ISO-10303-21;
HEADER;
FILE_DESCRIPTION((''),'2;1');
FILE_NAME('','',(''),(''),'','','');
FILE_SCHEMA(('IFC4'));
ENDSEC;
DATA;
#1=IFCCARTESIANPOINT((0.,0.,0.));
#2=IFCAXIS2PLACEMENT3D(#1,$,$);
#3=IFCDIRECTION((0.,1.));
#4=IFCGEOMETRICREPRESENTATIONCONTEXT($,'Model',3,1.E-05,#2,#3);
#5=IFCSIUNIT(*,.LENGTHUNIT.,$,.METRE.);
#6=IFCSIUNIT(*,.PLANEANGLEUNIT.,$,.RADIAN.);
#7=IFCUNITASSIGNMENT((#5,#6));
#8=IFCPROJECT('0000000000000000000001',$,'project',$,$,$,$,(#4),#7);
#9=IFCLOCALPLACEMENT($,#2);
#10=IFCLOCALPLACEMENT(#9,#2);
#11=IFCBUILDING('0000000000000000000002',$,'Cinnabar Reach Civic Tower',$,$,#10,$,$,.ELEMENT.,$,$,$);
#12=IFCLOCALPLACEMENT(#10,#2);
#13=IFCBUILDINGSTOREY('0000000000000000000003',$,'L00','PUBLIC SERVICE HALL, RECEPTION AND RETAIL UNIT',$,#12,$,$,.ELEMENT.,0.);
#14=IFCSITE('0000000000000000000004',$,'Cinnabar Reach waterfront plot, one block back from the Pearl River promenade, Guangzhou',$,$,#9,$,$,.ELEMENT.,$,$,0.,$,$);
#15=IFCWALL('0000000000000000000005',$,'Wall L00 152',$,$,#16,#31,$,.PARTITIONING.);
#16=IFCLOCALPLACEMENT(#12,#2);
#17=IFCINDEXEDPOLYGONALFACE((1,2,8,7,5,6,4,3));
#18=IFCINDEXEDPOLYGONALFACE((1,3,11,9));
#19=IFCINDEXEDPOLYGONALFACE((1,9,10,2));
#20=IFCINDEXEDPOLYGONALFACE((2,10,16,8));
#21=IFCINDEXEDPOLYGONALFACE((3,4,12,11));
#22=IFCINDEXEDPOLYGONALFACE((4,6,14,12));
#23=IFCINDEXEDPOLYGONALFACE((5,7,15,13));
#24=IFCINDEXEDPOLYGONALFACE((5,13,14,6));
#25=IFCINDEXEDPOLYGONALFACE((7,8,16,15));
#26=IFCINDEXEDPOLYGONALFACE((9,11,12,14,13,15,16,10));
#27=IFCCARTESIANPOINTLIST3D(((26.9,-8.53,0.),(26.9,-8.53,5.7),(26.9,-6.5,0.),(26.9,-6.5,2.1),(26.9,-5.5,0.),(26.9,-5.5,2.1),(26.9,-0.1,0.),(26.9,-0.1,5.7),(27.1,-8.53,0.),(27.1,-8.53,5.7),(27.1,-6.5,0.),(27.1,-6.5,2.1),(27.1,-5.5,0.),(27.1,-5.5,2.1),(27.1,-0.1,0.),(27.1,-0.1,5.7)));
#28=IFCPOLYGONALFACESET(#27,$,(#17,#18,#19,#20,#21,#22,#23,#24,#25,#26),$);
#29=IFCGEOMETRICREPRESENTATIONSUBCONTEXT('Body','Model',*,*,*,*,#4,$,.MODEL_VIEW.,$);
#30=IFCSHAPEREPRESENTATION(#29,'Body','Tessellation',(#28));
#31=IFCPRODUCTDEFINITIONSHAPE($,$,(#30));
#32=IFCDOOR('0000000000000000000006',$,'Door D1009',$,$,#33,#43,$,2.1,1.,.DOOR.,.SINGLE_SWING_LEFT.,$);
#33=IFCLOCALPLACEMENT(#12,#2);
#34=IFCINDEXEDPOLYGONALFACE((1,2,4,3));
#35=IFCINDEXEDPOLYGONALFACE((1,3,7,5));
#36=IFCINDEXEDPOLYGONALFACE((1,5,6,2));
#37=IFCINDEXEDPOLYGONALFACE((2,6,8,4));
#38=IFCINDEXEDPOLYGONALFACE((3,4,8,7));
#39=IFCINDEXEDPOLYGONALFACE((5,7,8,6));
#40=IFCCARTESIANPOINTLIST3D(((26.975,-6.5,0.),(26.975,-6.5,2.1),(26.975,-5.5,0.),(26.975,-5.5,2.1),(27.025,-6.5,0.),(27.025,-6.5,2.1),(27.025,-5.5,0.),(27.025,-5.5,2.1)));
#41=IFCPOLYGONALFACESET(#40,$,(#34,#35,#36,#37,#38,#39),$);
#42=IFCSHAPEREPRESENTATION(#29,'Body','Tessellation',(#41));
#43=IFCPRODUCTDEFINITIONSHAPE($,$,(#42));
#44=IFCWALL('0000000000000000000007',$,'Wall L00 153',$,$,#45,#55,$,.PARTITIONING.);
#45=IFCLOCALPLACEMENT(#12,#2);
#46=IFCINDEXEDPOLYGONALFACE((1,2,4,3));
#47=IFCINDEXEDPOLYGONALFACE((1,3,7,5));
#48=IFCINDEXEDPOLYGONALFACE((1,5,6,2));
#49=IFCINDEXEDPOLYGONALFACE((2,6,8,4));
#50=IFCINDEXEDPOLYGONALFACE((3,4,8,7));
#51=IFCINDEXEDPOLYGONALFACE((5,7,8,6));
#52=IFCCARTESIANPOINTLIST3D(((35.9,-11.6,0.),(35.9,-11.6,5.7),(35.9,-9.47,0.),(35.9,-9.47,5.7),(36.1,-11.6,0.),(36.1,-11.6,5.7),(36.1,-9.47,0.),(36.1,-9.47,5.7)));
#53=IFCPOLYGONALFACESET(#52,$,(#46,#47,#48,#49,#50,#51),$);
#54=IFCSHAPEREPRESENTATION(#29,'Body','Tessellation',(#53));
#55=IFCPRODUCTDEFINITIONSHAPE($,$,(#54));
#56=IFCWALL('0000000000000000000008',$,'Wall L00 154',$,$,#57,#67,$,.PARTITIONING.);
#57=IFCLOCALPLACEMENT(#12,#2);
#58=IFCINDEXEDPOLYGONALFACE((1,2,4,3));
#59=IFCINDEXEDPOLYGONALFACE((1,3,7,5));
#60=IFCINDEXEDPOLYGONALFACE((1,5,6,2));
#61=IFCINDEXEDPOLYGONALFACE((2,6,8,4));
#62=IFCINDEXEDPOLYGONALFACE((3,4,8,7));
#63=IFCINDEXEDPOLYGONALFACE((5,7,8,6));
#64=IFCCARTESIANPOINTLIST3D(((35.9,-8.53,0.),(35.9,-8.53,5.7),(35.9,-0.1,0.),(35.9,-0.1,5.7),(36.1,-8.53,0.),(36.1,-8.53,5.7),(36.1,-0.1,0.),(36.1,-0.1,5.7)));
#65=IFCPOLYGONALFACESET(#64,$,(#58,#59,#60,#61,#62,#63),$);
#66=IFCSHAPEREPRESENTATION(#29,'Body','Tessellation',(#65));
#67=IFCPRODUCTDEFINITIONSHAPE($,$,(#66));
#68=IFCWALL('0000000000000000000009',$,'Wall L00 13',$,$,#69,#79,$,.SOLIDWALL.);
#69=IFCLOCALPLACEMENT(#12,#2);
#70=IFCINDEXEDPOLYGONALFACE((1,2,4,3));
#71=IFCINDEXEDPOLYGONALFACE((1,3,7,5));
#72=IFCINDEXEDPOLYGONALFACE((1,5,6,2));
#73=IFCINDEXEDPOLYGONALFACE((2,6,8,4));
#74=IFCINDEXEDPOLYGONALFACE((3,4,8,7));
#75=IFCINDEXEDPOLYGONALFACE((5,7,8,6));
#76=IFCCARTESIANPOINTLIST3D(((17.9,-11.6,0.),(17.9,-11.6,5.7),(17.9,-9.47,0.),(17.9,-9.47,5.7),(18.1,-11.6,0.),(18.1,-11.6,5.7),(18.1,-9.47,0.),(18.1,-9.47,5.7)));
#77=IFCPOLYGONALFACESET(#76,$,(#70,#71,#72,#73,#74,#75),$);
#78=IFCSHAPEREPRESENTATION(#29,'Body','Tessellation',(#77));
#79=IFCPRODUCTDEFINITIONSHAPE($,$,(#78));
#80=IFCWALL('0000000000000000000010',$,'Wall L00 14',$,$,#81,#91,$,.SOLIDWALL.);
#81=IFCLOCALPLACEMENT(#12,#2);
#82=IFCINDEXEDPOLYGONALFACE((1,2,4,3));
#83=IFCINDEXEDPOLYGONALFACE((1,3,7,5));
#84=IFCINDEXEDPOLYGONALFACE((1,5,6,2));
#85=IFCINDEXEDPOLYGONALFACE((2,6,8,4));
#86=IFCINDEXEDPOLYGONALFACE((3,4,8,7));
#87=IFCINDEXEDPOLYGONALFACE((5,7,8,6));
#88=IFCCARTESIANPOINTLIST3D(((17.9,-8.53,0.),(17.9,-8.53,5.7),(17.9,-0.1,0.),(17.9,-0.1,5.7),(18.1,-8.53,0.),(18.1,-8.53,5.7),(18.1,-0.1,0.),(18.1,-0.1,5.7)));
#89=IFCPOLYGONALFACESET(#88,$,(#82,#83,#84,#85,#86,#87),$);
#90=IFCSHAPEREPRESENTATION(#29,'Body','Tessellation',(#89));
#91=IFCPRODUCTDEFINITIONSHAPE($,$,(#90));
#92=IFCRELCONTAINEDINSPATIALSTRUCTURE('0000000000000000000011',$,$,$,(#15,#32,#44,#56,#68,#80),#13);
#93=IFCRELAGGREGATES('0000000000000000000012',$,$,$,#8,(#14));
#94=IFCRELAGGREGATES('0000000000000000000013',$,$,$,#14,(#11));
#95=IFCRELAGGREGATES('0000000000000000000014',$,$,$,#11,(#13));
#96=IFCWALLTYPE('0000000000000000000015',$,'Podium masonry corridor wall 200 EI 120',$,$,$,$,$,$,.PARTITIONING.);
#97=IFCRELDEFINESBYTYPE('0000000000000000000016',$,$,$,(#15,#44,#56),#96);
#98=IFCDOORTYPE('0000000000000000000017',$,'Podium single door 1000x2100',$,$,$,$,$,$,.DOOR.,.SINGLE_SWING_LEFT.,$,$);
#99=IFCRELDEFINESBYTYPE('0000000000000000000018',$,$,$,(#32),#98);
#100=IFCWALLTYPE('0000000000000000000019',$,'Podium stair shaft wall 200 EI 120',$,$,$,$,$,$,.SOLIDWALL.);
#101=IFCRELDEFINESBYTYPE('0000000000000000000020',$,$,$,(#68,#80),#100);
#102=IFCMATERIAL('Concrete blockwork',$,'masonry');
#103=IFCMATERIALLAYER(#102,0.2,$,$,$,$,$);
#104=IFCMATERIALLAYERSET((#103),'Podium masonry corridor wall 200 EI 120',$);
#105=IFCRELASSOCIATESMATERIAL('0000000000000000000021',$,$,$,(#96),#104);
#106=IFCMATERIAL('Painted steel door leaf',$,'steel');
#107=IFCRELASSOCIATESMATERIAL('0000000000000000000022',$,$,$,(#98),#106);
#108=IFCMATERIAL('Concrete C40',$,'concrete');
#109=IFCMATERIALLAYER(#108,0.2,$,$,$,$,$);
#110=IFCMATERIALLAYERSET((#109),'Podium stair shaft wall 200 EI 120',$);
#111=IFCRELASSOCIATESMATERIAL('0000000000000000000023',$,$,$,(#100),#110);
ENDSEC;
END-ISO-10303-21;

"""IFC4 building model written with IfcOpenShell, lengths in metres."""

from ifc_helpers import new_model, si_unit, direction, frame, frame_2d, origin, place, context, subcontext, project, spatial, rectangle, extrude, material, layer, layer_set, type_object, element, fill, save


model = new_model("IFC4")

# Units and contexts
model_context = context("Model", 3, precision=1e-05, world=origin(), true_north=direction((0.0, 1.0)))
body_context = subcontext(model_context, "Body", "Model", "MODEL_VIEW")
ifc_project = project(units=[si_unit("LENGTHUNIT", "METRE"), si_unit("PLANEANGLEUNIT", "RADIAN")], contexts=[model_context])

# Site, building, storey
site_placement = place(None, origin())
site = spatial("IfcSite", under=ifc_project, at=site_placement, Name="Cinnabar Reach waterfront plot, one block back from the Pearl River promenade, Guangzhou", CompositionType="ELEMENT", RefElevation=0.0)
building_placement = place(site_placement, origin())
building = spatial("IfcBuilding", under=site, at=building_placement, Name="Cinnabar Reach Civic Tower", CompositionType="ELEMENT")
storey_placement = place(building_placement, origin())
storey = spatial("IfcBuildingStorey", under=building, at=storey_placement, Name="L00", Description="PUBLIC SERVICE HALL, RECEPTION AND RETAIL UNIT", CompositionType="ELEMENT", Elevation=0.0)

# Shared definitions
ifc_material_1 = material(Name="Concrete blockwork", Category="masonry")
ifc_layer_1 = layer(ifc_material_1, 0.2)
ifc_layer_set_1 = layer_set([ifc_layer_1], Name="Podium masonry corridor wall 200 EI 120")
wall_type_1 = type_object("IfcWallType", Name="Podium masonry corridor wall 200 EI 120", PredefinedType="PARTITIONING", material=ifc_layer_set_1)

# Shared definitions
ifc_material_2 = material(Name="Painted steel door leaf", Category="steel")
door_type = type_object("IfcDoorType", Name="Podium single door 1000x2100", OperationType="SINGLE_SWING_LEFT", PredefinedType="DOOR", material=ifc_material_2)

# Wall, opening, door
wall_1_placement = place(storey_placement, frame((27.0, -8.53, 0.0), z_axis=(0.0, 0.0, 1.0), x_axis=(0.0, 1.0, 0.0)))
wall_1 = element("IfcWall", 1, at=wall_1_placement, inside=storey, type_object=wall_type_1, Name="Wall L00 152", PredefinedType="PARTITIONING", context=body_context, shape_type="SweptSolid", body=[
    extrude(rectangle(XDim=8.43, YDim=0.2, at=frame_2d((4.215, 0.0))), origin(), (0.0, 0.0, 1.0), 5.7),
])
opening_1_placement = place(wall_1_placement, frame((2.03, 0.0, 0.0)))
opening_1 = element("IfcOpeningElement", 2, at=opening_1_placement, cuts=wall_1, PredefinedType="OPENING", context=body_context, shape_type="SweptSolid", body=[
    extrude(rectangle(XDim=1.0, YDim=2.1, at=frame_2d((0.5, 1.05))), frame((0.0, 0.11, 0.0), z_axis=(0.0, -1.0, 0.0), x_axis=(1.0, 0.0, 0.0)), (0.0, 0.0, 1.0), 0.22),
])
door_1_placement = place(opening_1_placement, origin())
door_1 = element("IfcDoor", 3, at=door_1_placement, inside=storey, type_object=door_type, Name="Door D1009", OperationType="SINGLE_SWING_LEFT", OverallHeight=2.1, OverallWidth=1.0, PredefinedType="DOOR", context=body_context, shape_type="SweptSolid", body=[
    extrude(rectangle(XDim=1.0, YDim=2.1, at=frame_2d((0.5, 1.05))), frame((0.0, 0.025, 0.0), z_axis=(0.0, -1.0, 0.0), x_axis=(1.0, 0.0, 0.0)), (0.0, 0.0, 1.0), 0.05),
])
fill(opening_1, door_1)

# Walls
wall_2_placement = place(storey_placement, frame((36.0, -11.6, 0.0), z_axis=(0.0, 0.0, 1.0), x_axis=(0.0, 1.0, 0.0)))
element("IfcWall", 4, at=wall_2_placement, inside=storey, type_object=wall_type_1, Name="Wall L00 153", PredefinedType="PARTITIONING", context=body_context, shape_type="SweptSolid", body=[
    extrude(rectangle(XDim=2.13, YDim=0.2, at=frame_2d((1.065, 0.0))), origin(), (0.0, 0.0, 1.0), 5.7),
])
wall_3_placement = place(storey_placement, frame((36.0, -8.53, 0.0), z_axis=(0.0, 0.0, 1.0), x_axis=(0.0, 1.0, 0.0)))
element("IfcWall", 5, at=wall_3_placement, inside=storey, type_object=wall_type_1, Name="Wall L00 154", PredefinedType="PARTITIONING", context=body_context, shape_type="SweptSolid", body=[
    extrude(rectangle(XDim=8.43, YDim=0.2, at=frame_2d((4.215, 0.0))), origin(), (0.0, 0.0, 1.0), 5.7),
])
ifc_material_3 = material(Name="Concrete C40", Category="concrete")
ifc_layer_2 = layer(ifc_material_3, 0.2)
ifc_layer_set_2 = layer_set([ifc_layer_2], Name="Podium stair shaft wall 200 EI 120")
wall_type_2 = type_object("IfcWallType", Name="Podium stair shaft wall 200 EI 120", PredefinedType="SOLIDWALL", material=ifc_layer_set_2)
wall_4_placement = place(storey_placement, frame((18.0, -11.6, 0.0), z_axis=(0.0, 0.0, 1.0), x_axis=(0.0, 1.0, 0.0)))
element("IfcWall", 6, at=wall_4_placement, inside=storey, type_object=wall_type_2, Name="Wall L00 13", PredefinedType="SOLIDWALL", context=body_context, shape_type="SweptSolid", body=[
    extrude(rectangle(XDim=2.13, YDim=0.2, at=frame_2d((1.065, 0.0))), origin(), (0.0, 0.0, 1.0), 5.7),
])
wall_5_placement = place(storey_placement, frame((18.0, -8.53, 0.0), z_axis=(0.0, 0.0, 1.0), x_axis=(0.0, 1.0, 0.0)))
element("IfcWall", 7, at=wall_5_placement, inside=storey, type_object=wall_type_2, Name="Wall L00 14", PredefinedType="SOLIDWALL", context=body_context, shape_type="SweptSolid", body=[
    extrude(rectangle(XDim=8.43, YDim=0.2, at=frame_2d((4.215, 0.0))), origin(), (0.0, 0.0, 1.0), 5.7),
])

save(model, "model.ifc")
